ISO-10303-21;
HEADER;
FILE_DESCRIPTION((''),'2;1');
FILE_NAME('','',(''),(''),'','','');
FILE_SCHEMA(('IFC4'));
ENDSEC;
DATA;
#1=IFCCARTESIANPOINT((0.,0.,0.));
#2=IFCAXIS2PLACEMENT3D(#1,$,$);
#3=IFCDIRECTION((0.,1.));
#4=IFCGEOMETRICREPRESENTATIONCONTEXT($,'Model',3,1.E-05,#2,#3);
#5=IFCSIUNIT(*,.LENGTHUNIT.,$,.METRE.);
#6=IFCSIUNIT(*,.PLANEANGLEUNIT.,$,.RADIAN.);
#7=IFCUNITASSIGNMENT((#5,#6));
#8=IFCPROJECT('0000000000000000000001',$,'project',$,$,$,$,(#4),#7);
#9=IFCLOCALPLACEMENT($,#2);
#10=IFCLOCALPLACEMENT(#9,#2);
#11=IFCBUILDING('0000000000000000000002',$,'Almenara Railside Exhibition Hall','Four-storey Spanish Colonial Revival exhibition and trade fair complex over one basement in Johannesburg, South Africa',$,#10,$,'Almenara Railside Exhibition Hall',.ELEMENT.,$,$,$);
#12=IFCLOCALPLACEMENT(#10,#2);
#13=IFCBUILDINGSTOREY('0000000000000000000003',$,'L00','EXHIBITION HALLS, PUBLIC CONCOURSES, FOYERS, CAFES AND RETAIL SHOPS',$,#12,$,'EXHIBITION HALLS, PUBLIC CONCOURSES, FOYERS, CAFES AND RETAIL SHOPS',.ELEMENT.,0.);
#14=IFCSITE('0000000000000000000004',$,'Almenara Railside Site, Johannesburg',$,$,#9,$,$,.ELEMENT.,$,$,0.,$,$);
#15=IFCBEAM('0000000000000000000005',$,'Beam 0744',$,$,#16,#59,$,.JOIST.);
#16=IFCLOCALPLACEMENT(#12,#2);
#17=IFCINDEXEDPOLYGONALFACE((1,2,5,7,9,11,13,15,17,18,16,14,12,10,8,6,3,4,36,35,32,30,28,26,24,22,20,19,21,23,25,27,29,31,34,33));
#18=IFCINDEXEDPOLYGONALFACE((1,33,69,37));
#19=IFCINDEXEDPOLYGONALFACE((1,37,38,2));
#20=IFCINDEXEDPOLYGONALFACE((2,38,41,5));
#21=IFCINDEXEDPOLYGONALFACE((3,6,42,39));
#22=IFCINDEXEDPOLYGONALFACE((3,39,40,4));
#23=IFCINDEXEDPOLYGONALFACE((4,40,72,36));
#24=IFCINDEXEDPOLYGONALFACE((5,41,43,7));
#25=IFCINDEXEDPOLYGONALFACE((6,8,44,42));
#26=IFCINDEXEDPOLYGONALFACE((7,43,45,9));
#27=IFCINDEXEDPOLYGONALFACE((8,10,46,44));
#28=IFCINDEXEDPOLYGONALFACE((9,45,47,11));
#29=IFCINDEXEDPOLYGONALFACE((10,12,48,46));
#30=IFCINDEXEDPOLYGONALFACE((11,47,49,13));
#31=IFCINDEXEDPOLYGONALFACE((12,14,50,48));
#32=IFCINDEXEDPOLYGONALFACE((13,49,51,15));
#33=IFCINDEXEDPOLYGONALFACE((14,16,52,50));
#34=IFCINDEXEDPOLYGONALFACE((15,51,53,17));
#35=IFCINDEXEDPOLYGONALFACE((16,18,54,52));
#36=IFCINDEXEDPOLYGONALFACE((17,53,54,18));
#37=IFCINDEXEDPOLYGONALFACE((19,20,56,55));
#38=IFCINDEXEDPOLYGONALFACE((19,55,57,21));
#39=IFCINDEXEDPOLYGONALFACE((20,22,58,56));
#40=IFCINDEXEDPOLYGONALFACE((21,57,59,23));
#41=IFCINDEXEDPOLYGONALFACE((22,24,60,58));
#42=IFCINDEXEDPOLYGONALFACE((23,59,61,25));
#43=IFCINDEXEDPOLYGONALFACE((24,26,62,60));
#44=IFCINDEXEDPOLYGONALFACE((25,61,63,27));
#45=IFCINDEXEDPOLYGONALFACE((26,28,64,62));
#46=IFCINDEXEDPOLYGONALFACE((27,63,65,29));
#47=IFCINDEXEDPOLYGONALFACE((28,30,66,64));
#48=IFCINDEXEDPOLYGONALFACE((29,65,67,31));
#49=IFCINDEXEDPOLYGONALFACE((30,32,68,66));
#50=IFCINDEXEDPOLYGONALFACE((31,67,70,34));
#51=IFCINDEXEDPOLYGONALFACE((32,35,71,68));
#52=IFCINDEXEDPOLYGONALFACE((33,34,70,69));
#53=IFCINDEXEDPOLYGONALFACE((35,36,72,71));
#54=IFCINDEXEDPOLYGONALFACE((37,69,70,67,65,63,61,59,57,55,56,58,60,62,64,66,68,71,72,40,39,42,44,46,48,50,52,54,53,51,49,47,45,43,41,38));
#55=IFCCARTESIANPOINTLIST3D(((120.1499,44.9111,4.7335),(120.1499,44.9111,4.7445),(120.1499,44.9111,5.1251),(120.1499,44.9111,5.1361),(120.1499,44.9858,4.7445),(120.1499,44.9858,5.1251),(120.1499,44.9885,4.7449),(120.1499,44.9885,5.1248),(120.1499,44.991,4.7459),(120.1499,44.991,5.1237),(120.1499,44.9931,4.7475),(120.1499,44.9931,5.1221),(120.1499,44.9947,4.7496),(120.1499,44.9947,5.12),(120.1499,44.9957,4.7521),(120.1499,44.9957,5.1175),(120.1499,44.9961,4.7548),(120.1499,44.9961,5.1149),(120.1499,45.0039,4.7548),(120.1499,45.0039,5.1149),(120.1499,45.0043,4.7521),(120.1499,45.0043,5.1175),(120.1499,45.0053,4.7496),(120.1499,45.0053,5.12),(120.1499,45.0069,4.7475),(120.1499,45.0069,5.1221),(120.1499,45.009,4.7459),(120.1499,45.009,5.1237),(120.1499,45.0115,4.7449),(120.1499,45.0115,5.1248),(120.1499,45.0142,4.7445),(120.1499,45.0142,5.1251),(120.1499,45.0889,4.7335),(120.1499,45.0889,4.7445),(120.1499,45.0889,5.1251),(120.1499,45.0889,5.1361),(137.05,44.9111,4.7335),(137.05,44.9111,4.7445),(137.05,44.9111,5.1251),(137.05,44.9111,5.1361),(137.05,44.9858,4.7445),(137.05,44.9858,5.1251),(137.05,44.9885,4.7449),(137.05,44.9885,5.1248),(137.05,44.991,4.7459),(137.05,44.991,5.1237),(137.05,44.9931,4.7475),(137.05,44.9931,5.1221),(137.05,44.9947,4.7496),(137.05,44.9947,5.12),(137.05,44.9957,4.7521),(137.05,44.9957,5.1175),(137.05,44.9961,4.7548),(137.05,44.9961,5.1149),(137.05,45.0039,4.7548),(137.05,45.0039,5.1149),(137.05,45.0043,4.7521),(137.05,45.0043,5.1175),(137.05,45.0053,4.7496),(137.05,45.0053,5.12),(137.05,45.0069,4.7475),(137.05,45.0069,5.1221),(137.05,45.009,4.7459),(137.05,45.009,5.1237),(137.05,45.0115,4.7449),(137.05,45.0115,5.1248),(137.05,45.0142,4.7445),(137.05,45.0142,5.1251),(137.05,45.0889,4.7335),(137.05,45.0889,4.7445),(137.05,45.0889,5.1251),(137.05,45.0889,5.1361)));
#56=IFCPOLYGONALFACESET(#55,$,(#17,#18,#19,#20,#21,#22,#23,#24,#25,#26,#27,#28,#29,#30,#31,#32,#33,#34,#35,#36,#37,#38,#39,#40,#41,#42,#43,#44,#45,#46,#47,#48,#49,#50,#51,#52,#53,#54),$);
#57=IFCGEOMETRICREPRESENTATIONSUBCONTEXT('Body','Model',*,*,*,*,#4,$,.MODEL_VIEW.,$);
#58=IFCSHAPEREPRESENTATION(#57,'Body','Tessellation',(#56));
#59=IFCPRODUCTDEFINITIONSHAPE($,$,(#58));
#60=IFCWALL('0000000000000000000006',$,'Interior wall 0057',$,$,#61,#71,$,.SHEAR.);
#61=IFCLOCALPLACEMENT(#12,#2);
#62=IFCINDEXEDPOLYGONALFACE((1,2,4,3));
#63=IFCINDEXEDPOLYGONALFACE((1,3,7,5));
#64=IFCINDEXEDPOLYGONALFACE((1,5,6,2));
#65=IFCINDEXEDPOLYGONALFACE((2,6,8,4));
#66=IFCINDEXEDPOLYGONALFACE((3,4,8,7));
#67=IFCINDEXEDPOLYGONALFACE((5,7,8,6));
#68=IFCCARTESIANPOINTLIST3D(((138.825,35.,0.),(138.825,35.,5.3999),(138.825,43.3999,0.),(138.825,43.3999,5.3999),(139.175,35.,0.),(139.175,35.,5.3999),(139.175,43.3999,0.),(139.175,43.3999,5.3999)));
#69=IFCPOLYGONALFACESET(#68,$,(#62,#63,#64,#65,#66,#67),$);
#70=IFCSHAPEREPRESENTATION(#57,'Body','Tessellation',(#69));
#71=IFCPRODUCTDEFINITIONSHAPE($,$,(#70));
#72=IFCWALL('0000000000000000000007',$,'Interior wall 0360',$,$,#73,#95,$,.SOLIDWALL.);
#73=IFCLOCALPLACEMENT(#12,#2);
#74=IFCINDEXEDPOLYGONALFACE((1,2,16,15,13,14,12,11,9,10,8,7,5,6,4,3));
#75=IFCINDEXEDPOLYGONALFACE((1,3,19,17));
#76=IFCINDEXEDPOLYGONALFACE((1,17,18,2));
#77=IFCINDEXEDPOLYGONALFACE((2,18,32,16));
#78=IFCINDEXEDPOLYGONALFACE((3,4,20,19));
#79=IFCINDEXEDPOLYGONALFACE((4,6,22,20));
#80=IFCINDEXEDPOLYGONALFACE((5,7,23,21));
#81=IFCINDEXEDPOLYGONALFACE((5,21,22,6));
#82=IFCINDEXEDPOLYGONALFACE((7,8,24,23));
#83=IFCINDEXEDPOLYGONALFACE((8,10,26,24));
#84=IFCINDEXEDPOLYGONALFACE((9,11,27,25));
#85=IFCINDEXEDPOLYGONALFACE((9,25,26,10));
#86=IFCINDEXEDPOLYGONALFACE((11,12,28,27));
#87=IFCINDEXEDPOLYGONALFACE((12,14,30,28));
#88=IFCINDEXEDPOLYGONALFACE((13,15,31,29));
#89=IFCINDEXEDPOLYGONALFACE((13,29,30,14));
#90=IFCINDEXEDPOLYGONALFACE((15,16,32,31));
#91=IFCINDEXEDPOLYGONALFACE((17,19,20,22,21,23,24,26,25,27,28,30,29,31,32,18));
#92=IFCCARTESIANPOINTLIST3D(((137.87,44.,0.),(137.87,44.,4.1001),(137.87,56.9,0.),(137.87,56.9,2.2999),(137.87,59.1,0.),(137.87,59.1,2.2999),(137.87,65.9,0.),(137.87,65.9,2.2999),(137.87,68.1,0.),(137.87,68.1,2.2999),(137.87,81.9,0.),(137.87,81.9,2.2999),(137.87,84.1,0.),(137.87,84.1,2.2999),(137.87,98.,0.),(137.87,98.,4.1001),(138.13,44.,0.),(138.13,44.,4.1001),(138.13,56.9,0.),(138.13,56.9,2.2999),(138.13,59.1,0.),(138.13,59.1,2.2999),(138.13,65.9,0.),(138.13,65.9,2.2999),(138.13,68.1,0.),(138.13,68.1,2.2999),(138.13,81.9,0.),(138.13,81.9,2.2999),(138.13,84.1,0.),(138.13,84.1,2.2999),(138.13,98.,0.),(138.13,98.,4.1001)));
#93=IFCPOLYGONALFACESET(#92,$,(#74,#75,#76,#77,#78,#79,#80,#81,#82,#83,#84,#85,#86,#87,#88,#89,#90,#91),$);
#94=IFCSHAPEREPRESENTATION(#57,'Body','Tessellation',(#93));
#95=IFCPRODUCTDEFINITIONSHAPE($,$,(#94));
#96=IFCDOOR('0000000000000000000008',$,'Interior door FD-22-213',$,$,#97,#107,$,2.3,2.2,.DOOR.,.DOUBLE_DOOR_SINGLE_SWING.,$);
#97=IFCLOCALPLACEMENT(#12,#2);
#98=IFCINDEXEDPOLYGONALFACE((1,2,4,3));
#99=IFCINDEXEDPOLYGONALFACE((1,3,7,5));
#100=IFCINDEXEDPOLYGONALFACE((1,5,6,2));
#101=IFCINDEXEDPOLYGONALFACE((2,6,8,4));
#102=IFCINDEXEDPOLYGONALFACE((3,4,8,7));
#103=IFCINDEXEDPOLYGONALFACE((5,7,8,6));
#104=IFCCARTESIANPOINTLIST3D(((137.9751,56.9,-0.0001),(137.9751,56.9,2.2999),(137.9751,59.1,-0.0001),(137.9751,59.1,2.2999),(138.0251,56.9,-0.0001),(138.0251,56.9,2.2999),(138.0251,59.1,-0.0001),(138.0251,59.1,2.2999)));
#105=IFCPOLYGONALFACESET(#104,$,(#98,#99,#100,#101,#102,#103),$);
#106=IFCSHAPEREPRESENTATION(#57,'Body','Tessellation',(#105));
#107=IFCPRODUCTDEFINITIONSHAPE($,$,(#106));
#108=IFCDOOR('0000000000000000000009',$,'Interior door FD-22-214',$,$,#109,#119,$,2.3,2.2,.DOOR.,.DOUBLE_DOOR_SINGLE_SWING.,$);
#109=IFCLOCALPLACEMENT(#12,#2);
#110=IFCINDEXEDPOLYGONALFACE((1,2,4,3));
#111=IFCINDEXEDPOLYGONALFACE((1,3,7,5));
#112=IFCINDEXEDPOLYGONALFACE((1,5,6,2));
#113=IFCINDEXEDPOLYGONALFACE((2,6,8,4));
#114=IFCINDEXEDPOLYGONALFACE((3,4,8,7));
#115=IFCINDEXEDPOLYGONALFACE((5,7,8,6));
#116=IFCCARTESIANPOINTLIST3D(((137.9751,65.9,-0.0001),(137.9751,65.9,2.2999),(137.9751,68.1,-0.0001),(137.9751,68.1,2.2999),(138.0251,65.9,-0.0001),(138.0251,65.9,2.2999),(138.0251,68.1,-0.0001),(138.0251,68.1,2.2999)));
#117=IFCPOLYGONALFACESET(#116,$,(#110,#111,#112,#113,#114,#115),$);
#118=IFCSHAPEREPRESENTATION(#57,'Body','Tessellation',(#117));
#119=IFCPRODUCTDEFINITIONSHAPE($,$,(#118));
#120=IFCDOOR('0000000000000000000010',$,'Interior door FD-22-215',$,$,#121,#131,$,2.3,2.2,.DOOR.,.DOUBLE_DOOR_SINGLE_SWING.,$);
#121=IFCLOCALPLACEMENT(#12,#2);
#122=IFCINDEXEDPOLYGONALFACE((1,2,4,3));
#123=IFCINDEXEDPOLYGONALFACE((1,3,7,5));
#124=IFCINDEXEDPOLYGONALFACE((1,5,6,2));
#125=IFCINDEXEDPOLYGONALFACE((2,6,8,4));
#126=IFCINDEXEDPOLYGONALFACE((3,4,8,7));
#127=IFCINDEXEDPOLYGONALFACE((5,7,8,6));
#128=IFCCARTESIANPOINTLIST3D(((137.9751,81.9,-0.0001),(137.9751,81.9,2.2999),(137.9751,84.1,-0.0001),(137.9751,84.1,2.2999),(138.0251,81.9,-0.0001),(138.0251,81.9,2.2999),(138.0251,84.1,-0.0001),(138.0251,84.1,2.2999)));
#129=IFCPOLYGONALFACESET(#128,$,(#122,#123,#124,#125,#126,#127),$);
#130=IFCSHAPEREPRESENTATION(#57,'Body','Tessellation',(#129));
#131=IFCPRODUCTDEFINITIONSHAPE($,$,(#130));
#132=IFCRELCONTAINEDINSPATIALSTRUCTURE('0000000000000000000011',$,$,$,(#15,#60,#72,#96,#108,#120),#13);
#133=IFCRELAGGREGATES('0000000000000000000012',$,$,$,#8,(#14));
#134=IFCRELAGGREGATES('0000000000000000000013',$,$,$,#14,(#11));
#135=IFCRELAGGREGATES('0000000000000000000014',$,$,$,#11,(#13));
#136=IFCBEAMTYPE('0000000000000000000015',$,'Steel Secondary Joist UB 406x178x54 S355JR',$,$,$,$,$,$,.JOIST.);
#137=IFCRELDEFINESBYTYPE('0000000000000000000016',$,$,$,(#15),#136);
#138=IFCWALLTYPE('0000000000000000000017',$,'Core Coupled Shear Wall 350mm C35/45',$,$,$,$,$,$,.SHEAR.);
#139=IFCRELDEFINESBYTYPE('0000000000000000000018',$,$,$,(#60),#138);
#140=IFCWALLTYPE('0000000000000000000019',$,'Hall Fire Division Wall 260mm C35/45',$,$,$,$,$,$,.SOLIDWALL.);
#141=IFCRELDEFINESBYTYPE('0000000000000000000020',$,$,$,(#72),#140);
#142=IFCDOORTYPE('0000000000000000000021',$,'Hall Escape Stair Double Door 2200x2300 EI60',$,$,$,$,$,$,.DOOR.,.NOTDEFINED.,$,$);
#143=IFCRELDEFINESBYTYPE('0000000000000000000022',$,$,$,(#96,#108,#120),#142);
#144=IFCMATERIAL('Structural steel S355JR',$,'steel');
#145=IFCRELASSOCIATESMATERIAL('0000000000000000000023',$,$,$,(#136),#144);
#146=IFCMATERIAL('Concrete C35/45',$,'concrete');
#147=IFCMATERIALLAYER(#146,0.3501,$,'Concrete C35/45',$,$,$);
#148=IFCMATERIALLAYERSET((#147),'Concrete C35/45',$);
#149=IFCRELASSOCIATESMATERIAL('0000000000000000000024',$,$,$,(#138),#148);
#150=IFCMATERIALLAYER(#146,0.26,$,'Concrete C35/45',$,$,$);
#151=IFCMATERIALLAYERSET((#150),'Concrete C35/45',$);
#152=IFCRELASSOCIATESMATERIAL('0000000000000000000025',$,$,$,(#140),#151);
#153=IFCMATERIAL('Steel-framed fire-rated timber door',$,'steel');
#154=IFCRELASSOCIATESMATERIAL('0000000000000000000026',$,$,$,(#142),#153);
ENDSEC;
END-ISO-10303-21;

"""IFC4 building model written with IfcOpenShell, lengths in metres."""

from ifc_helpers import new_model, si_unit, direction, frame, frame_2d, origin, origin_2d, place, context, subcontext, project, spatial, rectangle, i_section, extrude, material, layer, layer_set, material_profile, profile_set, type_object, element, fill, save


model = new_model("IFC4")

# Units and contexts
model_context = context("Model", 3, precision=1e-05, world=origin(), true_north=direction((0.0, 1.0)))
body_context = subcontext(model_context, "Body", "Model", "MODEL_VIEW")
ifc_project = project(units=[si_unit("LENGTHUNIT", "METRE"), si_unit("PLANEANGLEUNIT", "RADIAN")], contexts=[model_context])

# Site, building, storey
site_placement = place(None, origin())
site = spatial("IfcSite", under=ifc_project, at=site_placement, Name="Almenara Railside Site, Johannesburg", CompositionType="ELEMENT", RefElevation=0.0)
building_placement = place(site_placement, origin())
building = spatial("IfcBuilding", under=site, at=building_placement, Name="Almenara Railside Exhibition Hall", Description="Four-storey Spanish Colonial Revival exhibition and trade fair complex over one basement in Johannesburg, South Africa", LongName="Almenara Railside Exhibition Hall", CompositionType="ELEMENT")
storey_placement = place(building_placement, origin())
storey = spatial("IfcBuildingStorey", under=building, at=storey_placement, Name="L00", Description="EXHIBITION HALLS, PUBLIC CONCOURSES, FOYERS, CAFES AND RETAIL SHOPS", LongName="EXHIBITION HALLS, PUBLIC CONCOURSES, FOYERS, CAFES AND RETAIL SHOPS", CompositionType="ELEMENT", Elevation=0.0)

# Shared definitions
ifc_material_1 = material(Name="Concrete C35/45", Category="concrete")

# Beam
ifc_material_2 = material(Name="Structural steel S355JR", Category="steel")
ifc_material_profile_1 = material_profile(ifc_material_2, i_section(OverallWidth=0.1777, OverallDepth=0.4026, WebThickness=0.0078, FlangeThickness=0.011, FilletRadius=0.0103, at=origin_2d()), Name="UB 406x178x54")
ifc_profile_set_1 = profile_set([ifc_material_profile_1], Name="Structural steel S355JR")
beam_type_1 = type_object("IfcBeamType", Name="Steel Secondary Joist UB 406x178x54 S355JR", PredefinedType="JOIST", material=ifc_profile_set_1)
beam_1_placement = place(storey_placement, frame((120.1499, 45.0, 4.9348), z_axis=(1.0, 0.0, 0.0), x_axis=(0.0, 1.0, 0.0)))
element("IfcBeam", 1, at=beam_1_placement, inside=storey, type_object=beam_type_1, Name="Beam 0744", PredefinedType="JOIST", context=body_context, shape_type="SweptSolid", body=[
    extrude(i_section(OverallWidth=0.1777, OverallDepth=0.4026, WebThickness=0.0078, FlangeThickness=0.011, FilletRadius=0.0103, at=origin_2d()), origin(), (0.0, 0.0, 1.0), 16.9001),
])

# Wall
ifc_layer_1 = layer(ifc_material_1, 0.3501, Name="Concrete C35/45")
ifc_layer_set_1 = layer_set([ifc_layer_1], Name="Concrete C35/45")
wall_type_1 = type_object("IfcWallType", Name="Core Coupled Shear Wall 350mm C35/45", PredefinedType="SHEAR", material=ifc_layer_set_1)
wall_1_placement = place(storey_placement, frame((139.0, 43.3999, 0.0), z_axis=(0.0, 0.0, 1.0), x_axis=(0.0, -1.0, 0.0)))
element("IfcWall", 2, at=wall_1_placement, inside=storey, type_object=wall_type_1, Name="Interior wall 0057", PredefinedType="SHEAR", context=body_context, shape_type="SweptSolid", body=[
    extrude(rectangle(XDim=8.3999, YDim=0.3501, at=frame_2d((4.2, 0.0))), origin(), (0.0, 0.0, 1.0), 5.3999),
])

# Wall, openings, doors
ifc_layer_2 = layer(ifc_material_1, 0.26, Name="Concrete C35/45")
ifc_layer_set_2 = layer_set([ifc_layer_2], Name="Concrete C35/45")
wall_type_2 = type_object("IfcWallType", Name="Hall Fire Division Wall 260mm C35/45", PredefinedType="SOLIDWALL", material=ifc_layer_set_2)
wall_2_placement = place(storey_placement, frame((138.0, 44.0, 0.0), z_axis=(0.0, 0.0, 1.0), x_axis=(0.0, 1.0, 0.0)))
wall_2 = element("IfcWall", 3, at=wall_2_placement, inside=storey, type_object=wall_type_2, Name="Interior wall 0360", PredefinedType="SOLIDWALL", context=body_context, shape_type="SweptSolid", body=[
    extrude(rectangle(XDim=54.0, YDim=0.26, at=frame_2d((27.0, 0.0))), origin(), (0.0, 0.0, 1.0), 4.1001),
])
opening_1_placement = place(wall_2_placement, frame((12.8999, 0.0, 0.0)))
opening_1 = element("IfcOpeningElement", 4, at=opening_1_placement, cuts=wall_2, PredefinedType="OPENING", context=body_context, shape_type="SweptSolid", body=[
    extrude(rectangle(XDim=2.2, YDim=2.3, at=frame_2d((1.1001, 1.1499))), frame((0.0, 0.1399, 0.0), z_axis=(0.0, -1.0, 0.0), x_axis=(1.0, 0.0, 0.0)), (0.0, 0.0, 1.0), 0.28),
])
opening_2_placement = place(wall_2_placement, frame((21.8999, 0.0, 0.0)))
opening_2 = element("IfcOpeningElement", 5, at=opening_2_placement, cuts=wall_2, PredefinedType="OPENING", context=body_context, shape_type="SweptSolid", body=[
    extrude(rectangle(XDim=2.2, YDim=2.3, at=frame_2d((1.1001, 1.1499))), frame((0.0, 0.1399, 0.0), z_axis=(0.0, -1.0, 0.0), x_axis=(1.0, 0.0, 0.0)), (0.0, 0.0, 1.0), 0.28),
])
opening_3_placement = place(wall_2_placement, frame((37.8999, 0.0, 0.0)))
opening_3 = element("IfcOpeningElement", 6, at=opening_3_placement, cuts=wall_2, PredefinedType="OPENING", context=body_context, shape_type="SweptSolid", body=[
    extrude(rectangle(XDim=2.2, YDim=2.3, at=frame_2d((1.1001, 1.1499))), frame((0.0, 0.1399, 0.0), z_axis=(0.0, -1.0, 0.0), x_axis=(1.0, 0.0, 0.0)), (0.0, 0.0, 1.0), 0.28),
])
ifc_material_3 = material(Name="Steel-framed fire-rated timber door", Category="steel")
door_type_1 = type_object("IfcDoorType", Name="Hall Escape Stair Double Door 2200x2300 EI60", OperationType="NOTDEFINED", PredefinedType="DOOR", material=ifc_material_3)
door_1_placement = place(opening_1_placement, origin())
door_1 = element("IfcDoor", 7, at=door_1_placement, inside=storey, type_object=door_type_1, Name="Interior door FD-22-213", OperationType="DOUBLE_DOOR_SINGLE_SWING", OverallHeight=2.3, OverallWidth=2.2, PredefinedType="DOOR", context=body_context, shape_type="SweptSolid", body=[
    extrude(rectangle(XDim=2.2, YDim=2.3, at=frame_2d((1.1001, 1.1499))), frame((0.0, 0.0249, 0.0), z_axis=(0.0, -1.0, 0.0), x_axis=(1.0, 0.0, 0.0)), (0.0, 0.0, 1.0), 0.05),
])
fill(opening_1, door_1)
door_2_placement = place(opening_2_placement, origin())
door_2 = element("IfcDoor", 8, at=door_2_placement, inside=storey, type_object=door_type_1, Name="Interior door FD-22-214", OperationType="DOUBLE_DOOR_SINGLE_SWING", OverallHeight=2.3, OverallWidth=2.2, PredefinedType="DOOR", context=body_context, shape_type="SweptSolid", body=[
    extrude(rectangle(XDim=2.2, YDim=2.3, at=frame_2d((1.1001, 1.1499))), frame((0.0, 0.0249, 0.0), z_axis=(0.0, -1.0, 0.0), x_axis=(1.0, 0.0, 0.0)), (0.0, 0.0, 1.0), 0.05),
])
fill(opening_2, door_2)
door_3_placement = place(opening_3_placement, origin())
door_3 = element("IfcDoor", 9, at=door_3_placement, inside=storey, type_object=door_type_1, Name="Interior door FD-22-215", OperationType="DOUBLE_DOOR_SINGLE_SWING", OverallHeight=2.3, OverallWidth=2.2, PredefinedType="DOOR", context=body_context, shape_type="SweptSolid", body=[
    extrude(rectangle(XDim=2.2, YDim=2.3, at=frame_2d((1.1001, 1.1499))), frame((0.0, 0.0249, 0.0), z_axis=(0.0, -1.0, 0.0), x_axis=(1.0, 0.0, 0.0)), (0.0, 0.0, 1.0), 0.05),
])
fill(opening_3, door_3)

save(model, "model.ifc")
